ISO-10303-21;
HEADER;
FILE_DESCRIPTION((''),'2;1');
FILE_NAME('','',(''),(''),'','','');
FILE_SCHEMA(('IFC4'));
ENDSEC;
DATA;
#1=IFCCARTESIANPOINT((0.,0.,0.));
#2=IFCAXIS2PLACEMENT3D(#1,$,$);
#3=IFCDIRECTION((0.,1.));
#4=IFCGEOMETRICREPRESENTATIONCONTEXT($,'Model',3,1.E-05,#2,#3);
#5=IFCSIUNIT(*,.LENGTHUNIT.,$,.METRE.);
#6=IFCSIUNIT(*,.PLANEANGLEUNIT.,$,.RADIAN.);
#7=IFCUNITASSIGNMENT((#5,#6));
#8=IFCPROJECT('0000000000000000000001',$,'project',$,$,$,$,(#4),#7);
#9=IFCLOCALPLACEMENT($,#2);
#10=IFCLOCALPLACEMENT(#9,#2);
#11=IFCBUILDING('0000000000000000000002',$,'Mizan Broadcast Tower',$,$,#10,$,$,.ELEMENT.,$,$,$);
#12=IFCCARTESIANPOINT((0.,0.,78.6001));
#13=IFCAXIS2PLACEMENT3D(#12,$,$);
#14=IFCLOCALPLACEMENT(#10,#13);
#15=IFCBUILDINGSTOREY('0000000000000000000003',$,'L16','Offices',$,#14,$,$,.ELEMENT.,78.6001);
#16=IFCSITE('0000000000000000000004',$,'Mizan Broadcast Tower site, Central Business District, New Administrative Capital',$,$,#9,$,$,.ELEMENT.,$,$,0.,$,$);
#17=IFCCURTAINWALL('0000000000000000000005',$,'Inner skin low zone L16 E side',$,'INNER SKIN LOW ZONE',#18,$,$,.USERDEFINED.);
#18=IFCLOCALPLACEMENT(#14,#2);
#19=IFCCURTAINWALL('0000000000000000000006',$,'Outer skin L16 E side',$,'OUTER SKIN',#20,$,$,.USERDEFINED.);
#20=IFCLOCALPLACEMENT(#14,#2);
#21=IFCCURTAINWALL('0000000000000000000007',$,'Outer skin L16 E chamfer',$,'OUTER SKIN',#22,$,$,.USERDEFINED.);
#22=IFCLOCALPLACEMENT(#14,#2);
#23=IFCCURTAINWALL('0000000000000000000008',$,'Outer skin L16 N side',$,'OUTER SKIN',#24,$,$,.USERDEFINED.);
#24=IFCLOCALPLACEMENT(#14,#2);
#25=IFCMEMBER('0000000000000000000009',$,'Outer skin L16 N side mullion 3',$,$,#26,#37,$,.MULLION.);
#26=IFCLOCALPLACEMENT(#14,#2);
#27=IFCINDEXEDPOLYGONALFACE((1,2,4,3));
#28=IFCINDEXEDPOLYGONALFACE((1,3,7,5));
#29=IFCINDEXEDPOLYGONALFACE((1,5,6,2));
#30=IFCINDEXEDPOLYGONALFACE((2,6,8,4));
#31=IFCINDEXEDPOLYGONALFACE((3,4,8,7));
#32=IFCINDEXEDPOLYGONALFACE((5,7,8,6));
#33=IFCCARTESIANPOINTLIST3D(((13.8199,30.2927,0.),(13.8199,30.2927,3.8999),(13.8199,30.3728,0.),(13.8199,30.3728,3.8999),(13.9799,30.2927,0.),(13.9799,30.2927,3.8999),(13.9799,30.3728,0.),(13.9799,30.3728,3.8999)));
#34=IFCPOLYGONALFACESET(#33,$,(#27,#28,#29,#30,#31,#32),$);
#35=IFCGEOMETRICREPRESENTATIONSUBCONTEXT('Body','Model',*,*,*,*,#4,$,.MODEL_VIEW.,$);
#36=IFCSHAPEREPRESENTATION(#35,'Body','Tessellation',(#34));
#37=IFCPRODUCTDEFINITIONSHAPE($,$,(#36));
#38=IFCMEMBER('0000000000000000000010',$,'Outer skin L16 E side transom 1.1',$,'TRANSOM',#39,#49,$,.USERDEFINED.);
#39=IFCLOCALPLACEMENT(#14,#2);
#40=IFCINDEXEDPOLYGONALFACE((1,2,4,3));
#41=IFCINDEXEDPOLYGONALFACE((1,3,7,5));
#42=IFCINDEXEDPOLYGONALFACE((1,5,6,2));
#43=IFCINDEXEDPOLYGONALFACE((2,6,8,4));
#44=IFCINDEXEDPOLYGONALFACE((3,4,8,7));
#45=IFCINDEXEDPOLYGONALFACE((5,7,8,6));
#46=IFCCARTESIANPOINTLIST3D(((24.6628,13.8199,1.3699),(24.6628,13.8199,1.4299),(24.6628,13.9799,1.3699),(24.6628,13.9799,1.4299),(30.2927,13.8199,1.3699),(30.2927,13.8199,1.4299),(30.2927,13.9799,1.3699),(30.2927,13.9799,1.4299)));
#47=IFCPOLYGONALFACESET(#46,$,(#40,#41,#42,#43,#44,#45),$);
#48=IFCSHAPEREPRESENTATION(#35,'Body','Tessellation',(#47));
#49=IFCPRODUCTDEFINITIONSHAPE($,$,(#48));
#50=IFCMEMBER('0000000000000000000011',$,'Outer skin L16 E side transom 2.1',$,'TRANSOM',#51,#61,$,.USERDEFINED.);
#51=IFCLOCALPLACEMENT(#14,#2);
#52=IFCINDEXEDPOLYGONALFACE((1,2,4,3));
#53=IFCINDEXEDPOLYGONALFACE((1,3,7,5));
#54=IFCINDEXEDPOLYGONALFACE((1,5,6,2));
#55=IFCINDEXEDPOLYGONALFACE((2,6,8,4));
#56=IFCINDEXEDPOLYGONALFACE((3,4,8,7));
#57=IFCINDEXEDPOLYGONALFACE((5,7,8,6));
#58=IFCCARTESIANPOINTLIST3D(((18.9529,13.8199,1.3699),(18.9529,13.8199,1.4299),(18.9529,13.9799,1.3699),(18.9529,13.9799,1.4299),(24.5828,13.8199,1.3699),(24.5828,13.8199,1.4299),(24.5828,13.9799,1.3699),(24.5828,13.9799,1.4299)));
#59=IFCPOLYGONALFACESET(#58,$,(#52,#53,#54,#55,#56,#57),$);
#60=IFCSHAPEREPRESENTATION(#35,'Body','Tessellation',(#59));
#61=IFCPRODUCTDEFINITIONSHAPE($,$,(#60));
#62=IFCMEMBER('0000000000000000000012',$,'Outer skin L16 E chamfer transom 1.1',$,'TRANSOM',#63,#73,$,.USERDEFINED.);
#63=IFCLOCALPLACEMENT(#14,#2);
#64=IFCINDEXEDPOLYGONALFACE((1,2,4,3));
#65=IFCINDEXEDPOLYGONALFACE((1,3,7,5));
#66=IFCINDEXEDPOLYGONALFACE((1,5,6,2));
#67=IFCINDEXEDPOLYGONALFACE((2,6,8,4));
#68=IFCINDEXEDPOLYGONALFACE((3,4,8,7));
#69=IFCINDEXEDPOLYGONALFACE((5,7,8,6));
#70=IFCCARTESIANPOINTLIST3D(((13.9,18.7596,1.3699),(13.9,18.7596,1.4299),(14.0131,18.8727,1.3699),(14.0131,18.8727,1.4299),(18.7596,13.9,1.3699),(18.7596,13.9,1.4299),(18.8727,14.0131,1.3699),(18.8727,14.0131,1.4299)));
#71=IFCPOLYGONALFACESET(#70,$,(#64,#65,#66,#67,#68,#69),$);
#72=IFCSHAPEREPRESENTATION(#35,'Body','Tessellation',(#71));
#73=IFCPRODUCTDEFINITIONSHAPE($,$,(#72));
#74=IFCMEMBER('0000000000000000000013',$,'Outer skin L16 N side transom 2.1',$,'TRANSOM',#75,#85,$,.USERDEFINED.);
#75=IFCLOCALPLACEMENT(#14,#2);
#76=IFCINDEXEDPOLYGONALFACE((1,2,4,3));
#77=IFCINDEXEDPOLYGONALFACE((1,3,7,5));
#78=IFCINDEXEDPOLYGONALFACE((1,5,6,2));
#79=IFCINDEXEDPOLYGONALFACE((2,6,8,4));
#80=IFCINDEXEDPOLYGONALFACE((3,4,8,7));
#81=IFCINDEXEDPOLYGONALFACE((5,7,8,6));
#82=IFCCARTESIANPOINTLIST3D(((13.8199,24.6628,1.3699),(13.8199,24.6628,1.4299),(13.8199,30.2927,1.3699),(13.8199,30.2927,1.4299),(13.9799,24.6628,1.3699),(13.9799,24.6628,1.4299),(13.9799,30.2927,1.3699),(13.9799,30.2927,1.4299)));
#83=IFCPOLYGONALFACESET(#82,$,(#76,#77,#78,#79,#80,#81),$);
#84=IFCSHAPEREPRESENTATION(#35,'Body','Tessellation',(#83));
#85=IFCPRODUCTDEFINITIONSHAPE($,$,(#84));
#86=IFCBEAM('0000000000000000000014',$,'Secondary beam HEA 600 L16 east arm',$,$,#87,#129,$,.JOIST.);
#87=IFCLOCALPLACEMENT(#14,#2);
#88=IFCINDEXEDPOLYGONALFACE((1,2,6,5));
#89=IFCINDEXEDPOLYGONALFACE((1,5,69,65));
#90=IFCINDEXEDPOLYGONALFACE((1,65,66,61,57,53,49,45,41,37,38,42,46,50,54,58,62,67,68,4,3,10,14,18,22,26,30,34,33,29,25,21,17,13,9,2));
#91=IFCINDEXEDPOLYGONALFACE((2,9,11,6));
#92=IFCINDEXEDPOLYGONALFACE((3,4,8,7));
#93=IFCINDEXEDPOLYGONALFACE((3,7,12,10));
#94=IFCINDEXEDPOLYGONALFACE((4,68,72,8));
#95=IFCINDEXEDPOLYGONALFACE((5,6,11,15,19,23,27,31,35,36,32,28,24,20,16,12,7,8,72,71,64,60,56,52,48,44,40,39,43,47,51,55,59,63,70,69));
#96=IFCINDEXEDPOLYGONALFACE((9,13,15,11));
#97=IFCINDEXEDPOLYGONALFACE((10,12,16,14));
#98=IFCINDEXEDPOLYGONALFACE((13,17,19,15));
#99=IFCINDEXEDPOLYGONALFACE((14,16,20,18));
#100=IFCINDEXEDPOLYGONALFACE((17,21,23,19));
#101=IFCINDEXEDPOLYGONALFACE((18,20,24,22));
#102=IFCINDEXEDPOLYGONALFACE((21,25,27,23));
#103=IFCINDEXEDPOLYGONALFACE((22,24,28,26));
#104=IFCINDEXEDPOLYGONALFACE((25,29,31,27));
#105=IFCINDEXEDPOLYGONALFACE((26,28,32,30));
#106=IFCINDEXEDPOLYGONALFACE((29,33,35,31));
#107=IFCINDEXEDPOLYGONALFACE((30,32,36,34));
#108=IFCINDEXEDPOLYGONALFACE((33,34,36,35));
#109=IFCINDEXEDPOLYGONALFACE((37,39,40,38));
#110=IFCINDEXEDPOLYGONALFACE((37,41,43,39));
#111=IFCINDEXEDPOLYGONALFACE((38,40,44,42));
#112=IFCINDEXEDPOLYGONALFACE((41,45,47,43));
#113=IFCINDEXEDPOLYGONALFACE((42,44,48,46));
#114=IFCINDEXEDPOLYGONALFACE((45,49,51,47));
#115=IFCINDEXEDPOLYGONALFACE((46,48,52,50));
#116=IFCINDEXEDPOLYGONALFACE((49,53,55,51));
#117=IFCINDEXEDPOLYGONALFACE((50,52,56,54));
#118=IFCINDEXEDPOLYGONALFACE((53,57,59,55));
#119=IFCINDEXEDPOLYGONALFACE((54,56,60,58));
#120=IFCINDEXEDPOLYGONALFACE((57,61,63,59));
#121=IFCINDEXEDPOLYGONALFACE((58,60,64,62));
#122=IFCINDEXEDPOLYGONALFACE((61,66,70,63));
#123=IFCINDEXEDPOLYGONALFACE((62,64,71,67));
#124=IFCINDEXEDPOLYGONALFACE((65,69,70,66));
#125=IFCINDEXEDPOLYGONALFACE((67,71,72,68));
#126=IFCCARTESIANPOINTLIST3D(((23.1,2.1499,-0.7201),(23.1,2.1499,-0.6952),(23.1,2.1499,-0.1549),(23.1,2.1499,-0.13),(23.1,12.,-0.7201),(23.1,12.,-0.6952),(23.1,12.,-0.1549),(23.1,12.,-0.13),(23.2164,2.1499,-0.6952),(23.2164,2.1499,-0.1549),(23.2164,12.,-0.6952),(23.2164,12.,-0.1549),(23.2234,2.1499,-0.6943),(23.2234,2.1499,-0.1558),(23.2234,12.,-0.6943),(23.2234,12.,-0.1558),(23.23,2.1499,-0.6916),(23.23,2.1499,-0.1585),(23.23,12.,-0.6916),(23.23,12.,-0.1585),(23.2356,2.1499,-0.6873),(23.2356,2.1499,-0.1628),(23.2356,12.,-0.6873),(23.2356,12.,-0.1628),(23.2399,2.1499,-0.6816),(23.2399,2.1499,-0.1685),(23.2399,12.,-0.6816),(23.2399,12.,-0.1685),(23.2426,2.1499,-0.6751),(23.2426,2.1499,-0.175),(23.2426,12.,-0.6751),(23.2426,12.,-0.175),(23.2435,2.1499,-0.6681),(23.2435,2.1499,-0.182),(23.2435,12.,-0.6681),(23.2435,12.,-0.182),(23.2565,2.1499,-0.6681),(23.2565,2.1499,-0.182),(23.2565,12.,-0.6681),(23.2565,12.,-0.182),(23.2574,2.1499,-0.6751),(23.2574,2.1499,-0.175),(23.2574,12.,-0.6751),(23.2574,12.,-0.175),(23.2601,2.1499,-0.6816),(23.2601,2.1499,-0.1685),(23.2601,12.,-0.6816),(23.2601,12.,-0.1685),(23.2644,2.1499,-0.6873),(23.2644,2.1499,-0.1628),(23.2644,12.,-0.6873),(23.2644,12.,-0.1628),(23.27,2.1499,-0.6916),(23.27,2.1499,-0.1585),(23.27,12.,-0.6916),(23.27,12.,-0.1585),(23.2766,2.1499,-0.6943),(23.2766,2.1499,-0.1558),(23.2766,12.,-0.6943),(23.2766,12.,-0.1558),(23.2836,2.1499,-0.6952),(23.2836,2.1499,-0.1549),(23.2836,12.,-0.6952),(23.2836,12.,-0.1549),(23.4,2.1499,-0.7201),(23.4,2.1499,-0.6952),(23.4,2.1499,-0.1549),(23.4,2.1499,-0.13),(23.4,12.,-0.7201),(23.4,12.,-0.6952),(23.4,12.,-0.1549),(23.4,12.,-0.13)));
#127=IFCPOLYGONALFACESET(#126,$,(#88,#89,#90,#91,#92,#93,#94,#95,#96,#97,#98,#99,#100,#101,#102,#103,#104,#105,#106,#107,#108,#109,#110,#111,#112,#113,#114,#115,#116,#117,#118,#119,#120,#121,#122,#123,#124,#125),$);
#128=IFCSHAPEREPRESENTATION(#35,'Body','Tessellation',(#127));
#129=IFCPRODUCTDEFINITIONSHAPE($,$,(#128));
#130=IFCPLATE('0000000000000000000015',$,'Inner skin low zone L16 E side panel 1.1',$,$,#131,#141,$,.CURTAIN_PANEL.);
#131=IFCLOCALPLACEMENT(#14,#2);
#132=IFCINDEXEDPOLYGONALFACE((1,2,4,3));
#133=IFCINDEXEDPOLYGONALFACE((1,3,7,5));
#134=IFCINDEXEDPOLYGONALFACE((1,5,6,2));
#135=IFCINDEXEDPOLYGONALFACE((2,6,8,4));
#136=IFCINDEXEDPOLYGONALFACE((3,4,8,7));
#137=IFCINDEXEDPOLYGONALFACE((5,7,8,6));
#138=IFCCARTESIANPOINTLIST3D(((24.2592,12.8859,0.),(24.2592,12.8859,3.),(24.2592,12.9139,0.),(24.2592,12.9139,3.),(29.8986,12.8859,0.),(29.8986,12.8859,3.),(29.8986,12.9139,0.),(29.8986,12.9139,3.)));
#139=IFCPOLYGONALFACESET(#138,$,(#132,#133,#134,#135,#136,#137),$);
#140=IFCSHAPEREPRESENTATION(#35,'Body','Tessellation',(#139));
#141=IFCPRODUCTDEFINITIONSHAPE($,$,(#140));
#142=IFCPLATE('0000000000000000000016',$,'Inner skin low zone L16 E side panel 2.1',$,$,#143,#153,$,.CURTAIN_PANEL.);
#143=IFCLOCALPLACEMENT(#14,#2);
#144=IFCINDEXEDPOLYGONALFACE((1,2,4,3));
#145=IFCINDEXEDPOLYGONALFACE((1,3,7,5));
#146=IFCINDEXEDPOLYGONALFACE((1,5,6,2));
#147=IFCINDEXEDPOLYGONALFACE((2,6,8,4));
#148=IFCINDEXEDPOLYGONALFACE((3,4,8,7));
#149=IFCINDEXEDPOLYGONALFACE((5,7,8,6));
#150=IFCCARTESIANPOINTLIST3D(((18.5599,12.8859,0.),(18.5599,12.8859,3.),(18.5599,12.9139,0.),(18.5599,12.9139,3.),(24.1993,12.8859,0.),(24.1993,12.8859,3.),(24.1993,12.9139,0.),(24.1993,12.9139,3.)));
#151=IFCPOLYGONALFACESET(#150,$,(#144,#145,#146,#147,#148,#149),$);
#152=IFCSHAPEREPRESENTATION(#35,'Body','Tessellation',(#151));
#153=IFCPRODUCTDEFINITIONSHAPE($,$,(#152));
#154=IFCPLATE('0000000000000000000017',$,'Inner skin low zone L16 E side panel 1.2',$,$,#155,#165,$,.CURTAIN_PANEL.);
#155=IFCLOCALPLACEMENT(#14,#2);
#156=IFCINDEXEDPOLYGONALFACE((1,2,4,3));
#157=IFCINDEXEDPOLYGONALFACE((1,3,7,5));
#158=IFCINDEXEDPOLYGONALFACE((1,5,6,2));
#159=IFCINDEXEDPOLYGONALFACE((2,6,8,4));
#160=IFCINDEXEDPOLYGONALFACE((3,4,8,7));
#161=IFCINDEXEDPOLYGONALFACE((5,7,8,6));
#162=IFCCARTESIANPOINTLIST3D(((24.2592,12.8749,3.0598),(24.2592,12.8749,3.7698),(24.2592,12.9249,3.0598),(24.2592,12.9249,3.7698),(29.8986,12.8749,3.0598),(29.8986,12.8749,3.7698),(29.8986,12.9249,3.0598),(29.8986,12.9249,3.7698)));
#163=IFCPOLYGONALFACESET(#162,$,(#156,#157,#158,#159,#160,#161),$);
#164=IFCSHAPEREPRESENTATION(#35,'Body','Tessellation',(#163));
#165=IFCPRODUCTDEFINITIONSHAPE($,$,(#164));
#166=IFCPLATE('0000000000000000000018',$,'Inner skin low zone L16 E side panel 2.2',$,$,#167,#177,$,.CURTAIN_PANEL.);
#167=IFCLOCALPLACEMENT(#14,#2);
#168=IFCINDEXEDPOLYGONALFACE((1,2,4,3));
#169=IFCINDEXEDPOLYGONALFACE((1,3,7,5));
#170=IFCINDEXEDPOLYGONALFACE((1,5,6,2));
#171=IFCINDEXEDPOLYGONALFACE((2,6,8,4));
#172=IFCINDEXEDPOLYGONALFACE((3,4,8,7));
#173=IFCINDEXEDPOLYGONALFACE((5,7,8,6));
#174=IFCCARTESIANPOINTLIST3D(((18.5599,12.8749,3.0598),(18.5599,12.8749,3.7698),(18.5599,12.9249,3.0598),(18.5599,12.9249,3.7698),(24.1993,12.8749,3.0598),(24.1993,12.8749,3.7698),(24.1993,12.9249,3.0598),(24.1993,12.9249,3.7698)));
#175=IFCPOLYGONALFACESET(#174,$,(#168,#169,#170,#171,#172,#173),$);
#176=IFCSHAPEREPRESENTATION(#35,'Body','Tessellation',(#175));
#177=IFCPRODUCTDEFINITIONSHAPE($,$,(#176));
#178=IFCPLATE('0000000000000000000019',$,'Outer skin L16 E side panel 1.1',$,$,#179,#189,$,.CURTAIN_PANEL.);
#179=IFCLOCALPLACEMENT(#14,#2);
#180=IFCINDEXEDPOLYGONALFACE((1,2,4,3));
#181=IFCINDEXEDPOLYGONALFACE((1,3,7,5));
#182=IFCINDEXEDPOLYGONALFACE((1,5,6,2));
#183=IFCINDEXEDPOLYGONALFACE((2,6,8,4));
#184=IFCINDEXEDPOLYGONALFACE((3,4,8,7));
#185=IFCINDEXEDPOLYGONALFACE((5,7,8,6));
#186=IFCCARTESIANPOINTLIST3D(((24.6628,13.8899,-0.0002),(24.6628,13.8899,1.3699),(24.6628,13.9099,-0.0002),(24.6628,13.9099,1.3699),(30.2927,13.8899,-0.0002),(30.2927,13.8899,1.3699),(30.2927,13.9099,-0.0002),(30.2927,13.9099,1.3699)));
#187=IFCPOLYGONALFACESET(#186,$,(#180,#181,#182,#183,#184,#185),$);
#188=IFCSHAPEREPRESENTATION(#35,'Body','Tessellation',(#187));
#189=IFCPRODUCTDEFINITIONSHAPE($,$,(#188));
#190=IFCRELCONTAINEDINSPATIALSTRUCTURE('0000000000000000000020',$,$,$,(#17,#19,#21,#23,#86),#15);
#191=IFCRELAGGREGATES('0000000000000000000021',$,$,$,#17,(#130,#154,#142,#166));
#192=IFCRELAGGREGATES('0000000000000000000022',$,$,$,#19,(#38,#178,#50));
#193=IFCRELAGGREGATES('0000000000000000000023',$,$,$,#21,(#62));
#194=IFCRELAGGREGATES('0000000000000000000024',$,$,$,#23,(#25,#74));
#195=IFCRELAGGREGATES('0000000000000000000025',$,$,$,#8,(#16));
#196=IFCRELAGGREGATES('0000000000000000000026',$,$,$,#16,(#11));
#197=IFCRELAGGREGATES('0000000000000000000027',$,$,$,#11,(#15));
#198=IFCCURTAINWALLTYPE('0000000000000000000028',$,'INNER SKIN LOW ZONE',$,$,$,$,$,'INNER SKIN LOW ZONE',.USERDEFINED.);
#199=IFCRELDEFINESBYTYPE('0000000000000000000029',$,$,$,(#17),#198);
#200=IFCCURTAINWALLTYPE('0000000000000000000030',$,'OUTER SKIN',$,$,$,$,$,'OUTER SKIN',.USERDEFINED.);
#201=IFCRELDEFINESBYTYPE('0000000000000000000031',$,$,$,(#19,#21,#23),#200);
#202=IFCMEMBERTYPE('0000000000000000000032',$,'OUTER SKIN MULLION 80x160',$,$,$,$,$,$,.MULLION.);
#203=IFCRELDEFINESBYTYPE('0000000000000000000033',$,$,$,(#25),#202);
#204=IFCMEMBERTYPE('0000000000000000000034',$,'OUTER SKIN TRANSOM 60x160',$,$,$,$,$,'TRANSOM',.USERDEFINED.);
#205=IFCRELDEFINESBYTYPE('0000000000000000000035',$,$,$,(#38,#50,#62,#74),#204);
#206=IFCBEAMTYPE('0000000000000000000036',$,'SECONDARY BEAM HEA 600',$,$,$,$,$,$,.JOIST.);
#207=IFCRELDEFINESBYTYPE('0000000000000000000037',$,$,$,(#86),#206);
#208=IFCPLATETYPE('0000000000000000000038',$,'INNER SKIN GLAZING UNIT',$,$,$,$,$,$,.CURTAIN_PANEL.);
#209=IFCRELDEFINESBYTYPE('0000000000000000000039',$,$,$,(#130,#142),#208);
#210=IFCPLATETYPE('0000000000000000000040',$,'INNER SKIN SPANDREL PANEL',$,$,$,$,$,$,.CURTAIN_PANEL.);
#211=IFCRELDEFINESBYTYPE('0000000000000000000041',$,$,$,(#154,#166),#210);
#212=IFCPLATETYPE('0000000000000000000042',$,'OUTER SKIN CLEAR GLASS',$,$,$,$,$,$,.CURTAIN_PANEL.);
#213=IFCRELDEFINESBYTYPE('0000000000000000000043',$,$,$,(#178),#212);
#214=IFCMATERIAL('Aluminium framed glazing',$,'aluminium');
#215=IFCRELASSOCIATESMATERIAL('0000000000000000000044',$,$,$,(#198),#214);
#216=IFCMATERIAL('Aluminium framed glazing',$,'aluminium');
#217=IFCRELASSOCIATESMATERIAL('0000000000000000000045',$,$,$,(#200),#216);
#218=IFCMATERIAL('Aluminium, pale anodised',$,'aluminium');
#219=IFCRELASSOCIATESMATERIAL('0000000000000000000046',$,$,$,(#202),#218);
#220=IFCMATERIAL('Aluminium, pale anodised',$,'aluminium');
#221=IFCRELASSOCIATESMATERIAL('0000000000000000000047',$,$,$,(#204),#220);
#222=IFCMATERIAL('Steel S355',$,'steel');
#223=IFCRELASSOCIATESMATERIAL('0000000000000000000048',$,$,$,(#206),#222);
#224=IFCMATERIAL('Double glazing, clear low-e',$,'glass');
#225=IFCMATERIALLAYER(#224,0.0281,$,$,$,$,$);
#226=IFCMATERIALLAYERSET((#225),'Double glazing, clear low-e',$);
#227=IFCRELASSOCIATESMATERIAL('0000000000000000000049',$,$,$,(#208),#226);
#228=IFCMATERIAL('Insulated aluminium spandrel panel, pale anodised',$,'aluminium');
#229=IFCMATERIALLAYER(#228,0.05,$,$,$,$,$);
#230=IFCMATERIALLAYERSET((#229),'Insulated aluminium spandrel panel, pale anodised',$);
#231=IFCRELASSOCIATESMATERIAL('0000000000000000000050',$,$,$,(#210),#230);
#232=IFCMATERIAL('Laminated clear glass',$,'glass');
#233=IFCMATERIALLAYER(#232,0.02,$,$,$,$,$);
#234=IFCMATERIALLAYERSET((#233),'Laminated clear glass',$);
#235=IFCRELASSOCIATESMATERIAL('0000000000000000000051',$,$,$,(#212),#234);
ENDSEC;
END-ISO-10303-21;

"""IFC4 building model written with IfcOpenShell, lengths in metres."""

from ifc_helpers import new_model, si_unit, direction, frame, origin, origin_2d, place, context, subcontext, project, spatial, rectangle, i_section, extrude, material, layer, layer_set, material_profile, profile_set, type_object, element, aggregate, save


model = new_model("IFC4")

# Units and contexts
model_context = context("Model", 3, precision=1e-05, world=origin(), true_north=direction((0.0, 1.0)))
body_context = subcontext(model_context, "Body", "Model", "MODEL_VIEW")
ifc_project = project(units=[si_unit("LENGTHUNIT", "METRE"), si_unit("PLANEANGLEUNIT", "RADIAN")], contexts=[model_context])

# Site, building, storey
site_placement = place(None, origin())
site = spatial("IfcSite", under=ifc_project, at=site_placement, Name="Mizan Broadcast Tower site, Central Business District, New Administrative Capital", CompositionType="ELEMENT", RefElevation=0.0)
building_placement = place(site_placement, origin())
building = spatial("IfcBuilding", under=site, at=building_placement, Name="Mizan Broadcast Tower", CompositionType="ELEMENT")
storey_placement = place(building_placement, frame((0.0, 0.0, 78.6001)))
storey = spatial("IfcBuildingStorey", under=building, at=storey_placement, Name="L16", Description="Offices", CompositionType="ELEMENT", Elevation=78.6001)

# Shared definitions
ifc_material_1 = material(Name="Aluminium framed glazing", Category="aluminium")
curtain_wall_type_1 = type_object("IfcCurtainWallType", Name="INNER SKIN LOW ZONE", ElementType="INNER SKIN LOW ZONE", PredefinedType="USERDEFINED", material=ifc_material_1)

# Curtain wall
curtain_wall_1_placement = place(storey_placement, origin())
curtain_wall_1 = element("IfcCurtainWall", 1, at=curtain_wall_1_placement, inside=storey, type_object=curtain_wall_type_1, Name="Inner skin low zone L16 E side", ObjectType="INNER SKIN LOW ZONE", PredefinedType="USERDEFINED")

# Shared definitions
ifc_material_2 = material(Name="Aluminium framed glazing", Category="aluminium")
curtain_wall_type_2 = type_object("IfcCurtainWallType", Name="OUTER SKIN", ElementType="OUTER SKIN", PredefinedType="USERDEFINED", material=ifc_material_2)
ifc_material_3 = material(Name="Aluminium, pale anodised", Category="aluminium")
ifc_material_profile_1 = material_profile(ifc_material_3, rectangle(XDim=0.1599, YDim=0.0801, at=origin_2d()), Name="MULLION 160x80")
ifc_profile_set_1 = profile_set([ifc_material_profile_1], Name="Aluminium, pale anodised")
member_type_1 = type_object("IfcMemberType", Name="OUTER SKIN MULLION 80x160", PredefinedType="MULLION", material=ifc_profile_set_1)

# Curtain wall
curtain_wall_2_placement = place(storey_placement, origin())
curtain_wall_2 = element("IfcCurtainWall", 2, at=curtain_wall_2_placement, inside=storey, type_object=curtain_wall_type_2, Name="Outer skin L16 E side", ObjectType="OUTER SKIN", PredefinedType="USERDEFINED")

# Curtain wall
curtain_wall_3_placement = place(storey_placement, origin())
curtain_wall_3 = element("IfcCurtainWall", 3, at=curtain_wall_3_placement, inside=storey, type_object=curtain_wall_type_2, Name="Outer skin L16 E chamfer", ObjectType="OUTER SKIN", PredefinedType="USERDEFINED")

# Curtain wall, member
curtain_wall_4_placement = place(storey_placement, origin())
curtain_wall_4 = element("IfcCurtainWall", 4, at=curtain_wall_4_placement, inside=storey, type_object=curtain_wall_type_2, Name="Outer skin L16 N side", ObjectType="OUTER SKIN", PredefinedType="USERDEFINED")
member_1_placement = place(storey_placement, frame((13.8999, 30.3328, 0.0), z_axis=(0.0, 0.0, 1.0), x_axis=(-1.0, 0.0, 0.0)))
member_1 = element("IfcMember", 5, at=member_1_placement, type_object=member_type_1, Name="Outer skin L16 N side mullion 3", PredefinedType="MULLION", context=body_context, shape_type="SweptSolid", body=[
    extrude(rectangle(XDim=0.1599, YDim=0.0801, at=origin_2d()), origin(), (0.0, 0.0, 1.0), 3.8999),
])

# Members
ifc_material_4 = material(Name="Aluminium, pale anodised", Category="aluminium")
ifc_material_profile_2 = material_profile(ifc_material_4, rectangle(XDim=0.1599, YDim=0.0601, at=origin_2d()), Name="TRANSOM 160x60")
ifc_profile_set_2 = profile_set([ifc_material_profile_2], Name="Aluminium, pale anodised")
member_type_2 = type_object("IfcMemberType", Name="OUTER SKIN TRANSOM 60x160", ElementType="TRANSOM", PredefinedType="USERDEFINED", material=ifc_profile_set_2)
member_2_placement = place(storey_placement, frame((30.2927, 13.8999, 1.3999), z_axis=(-1.0, 0.0, 0.0), x_axis=(0.0, -1.0, 0.0)))
member_2 = element("IfcMember", 6, at=member_2_placement, type_object=member_type_2, Name="Outer skin L16 E side transom 1.1", ObjectType="TRANSOM", PredefinedType="USERDEFINED", context=body_context, shape_type="SweptSolid", body=[
    extrude(rectangle(XDim=0.1599, YDim=0.0601, at=origin_2d()), origin(), (0.0, 0.0, 1.0), 5.6299),
])
member_3_placement = place(storey_placement, frame((24.5828, 13.8999, 1.3999), z_axis=(-1.0, 0.0, 0.0), x_axis=(0.0, -1.0, 0.0)))
member_3 = element("IfcMember", 7, at=member_3_placement, type_object=member_type_2, Name="Outer skin L16 E side transom 2.1", ObjectType="TRANSOM", PredefinedType="USERDEFINED", context=body_context, shape_type="SweptSolid", body=[
    extrude(rectangle(XDim=0.1599, YDim=0.0601, at=origin_2d()), origin(), (0.0, 0.0, 1.0), 5.6299),
])
member_4_placement = place(storey_placement, frame((18.8162, 13.9565, 1.3999), z_axis=(-0.707107, 0.707107, 0.0), x_axis=(-0.707107, -0.707107, 0.0)))
member_4 = element("IfcMember", 8, at=member_4_placement, type_object=member_type_2, Name="Outer skin L16 E chamfer transom 1.1", ObjectType="TRANSOM", PredefinedType="USERDEFINED", context=body_context, shape_type="SweptSolid", body=[
    extrude(rectangle(XDim=0.1599, YDim=0.0601, at=origin_2d()), origin(), (0.0, 0.0, 1.0), 6.8726),
])
member_5_placement = place(storey_placement, frame((13.8999, 24.6628, 1.3999), z_axis=(0.0, 1.0, 0.0), x_axis=(-1.0, 0.0, 0.0)))
member_5 = element("IfcMember", 9, at=member_5_placement, type_object=member_type_2, Name="Outer skin L16 N side transom 2.1", ObjectType="TRANSOM", PredefinedType="USERDEFINED", context=body_context, shape_type="SweptSolid", body=[
    extrude(rectangle(XDim=0.1599, YDim=0.0601, at=origin_2d()), origin(), (0.0, 0.0, 1.0), 5.6299),
])

# Beam
ifc_material_5 = material(Name="Steel S355", Category="steel")
ifc_material_profile_3 = material_profile(ifc_material_5, i_section(OverallWidth=0.3, OverallDepth=0.5901, WebThickness=0.0129, FlangeThickness=0.0249, FilletRadius=0.0271, at=origin_2d()), Name="HEA 600")
ifc_profile_set_3 = profile_set([ifc_material_profile_3], Name="Steel S355")
beam_type_1 = type_object("IfcBeamType", Name="SECONDARY BEAM HEA 600", PredefinedType="JOIST", material=ifc_profile_set_3)
beam_1_placement = place(storey_placement, frame((23.25, 12.0, -0.425), z_axis=(0.0, -1.0, 0.0), x_axis=(1.0, 0.0, 0.0)))
element("IfcBeam", 10, at=beam_1_placement, inside=storey, type_object=beam_type_1, Name="Secondary beam HEA 600 L16 east arm", PredefinedType="JOIST", context=body_context, shape_type="SweptSolid", body=[
    extrude(i_section(OverallWidth=0.3, OverallDepth=0.5901, WebThickness=0.0129, FlangeThickness=0.0249, FilletRadius=0.0271, at=origin_2d()), origin(), (0.0, 0.0, 1.0), 9.8501),
])

# Plates
ifc_material_6 = material(Name="Double glazing, clear low-e", Category="glass")
ifc_layer_1 = layer(ifc_material_6, 0.0281)
ifc_layer_set_1 = layer_set([ifc_layer_1], Name="Double glazing, clear low-e")
plate_type_1 = type_object("IfcPlateType", Name="INNER SKIN GLAZING UNIT", PredefinedType="CURTAIN_PANEL", material=ifc_layer_set_1)
plate_1_placement = place(storey_placement, frame((27.0789, 12.8999, 0.0), z_axis=(0.0, 0.0, 1.0), x_axis=(-1.0, 0.0, 0.0)))
plate_1 = element("IfcPlate", 11, at=plate_1_placement, type_object=plate_type_1, Name="Inner skin low zone L16 E side panel 1.1", PredefinedType="CURTAIN_PANEL", context=body_context, shape_type="SweptSolid", body=[
    extrude(rectangle(XDim=5.6394, YDim=0.0281, at=origin_2d()), origin(), (0.0, 0.0, 1.0), 3.0),
])
plate_2_placement = place(storey_placement, frame((21.3796, 12.8999, 0.0), z_axis=(0.0, 0.0, 1.0), x_axis=(-1.0, 0.0, 0.0)))
plate_2 = element("IfcPlate", 12, at=plate_2_placement, type_object=plate_type_1, Name="Inner skin low zone L16 E side panel 2.1", PredefinedType="CURTAIN_PANEL", context=body_context, shape_type="SweptSolid", body=[
    extrude(rectangle(XDim=5.6394, YDim=0.0281, at=origin_2d()), origin(), (0.0, 0.0, 1.0), 3.0),
])
ifc_material_7 = material(Name="Insulated aluminium spandrel panel, pale anodised", Category="aluminium")
ifc_layer_2 = layer(ifc_material_7, 0.05)
ifc_layer_set_2 = layer_set([ifc_layer_2], Name="Insulated aluminium spandrel panel, pale anodised")
plate_type_2 = type_object("IfcPlateType", Name="INNER SKIN SPANDREL PANEL", PredefinedType="CURTAIN_PANEL", material=ifc_layer_set_2)
plate_3_placement = place(storey_placement, frame((27.0789, 12.8999, 3.0598), z_axis=(0.0, 0.0, 1.0), x_axis=(-1.0, 0.0, 0.0)))
plate_3 = element("IfcPlate", 13, at=plate_3_placement, type_object=plate_type_2, Name="Inner skin low zone L16 E side panel 1.2", PredefinedType="CURTAIN_PANEL", context=body_context, shape_type="SweptSolid", body=[
    extrude(rectangle(XDim=5.6394, YDim=0.05, at=origin_2d()), origin(), (0.0, 0.0, 1.0), 0.71),
])
plate_4_placement = place(storey_placement, frame((21.3796, 12.8999, 3.0598), z_axis=(0.0, 0.0, 1.0), x_axis=(-1.0, 0.0, 0.0)))
plate_4 = element("IfcPlate", 14, at=plate_4_placement, type_object=plate_type_2, Name="Inner skin low zone L16 E side panel 2.2", PredefinedType="CURTAIN_PANEL", context=body_context, shape_type="SweptSolid", body=[
    extrude(rectangle(XDim=5.6394, YDim=0.05, at=origin_2d()), origin(), (0.0, 0.0, 1.0), 0.71),
])
aggregate(curtain_wall_1, [plate_1, plate_3, plate_2, plate_4])
ifc_material_8 = material(Name="Laminated clear glass", Category="glass")
ifc_layer_3 = layer(ifc_material_8, 0.02)
ifc_layer_set_3 = layer_set([ifc_layer_3], Name="Laminated clear glass")
plate_type_3 = type_object("IfcPlateType", Name="OUTER SKIN CLEAR GLASS", PredefinedType="CURTAIN_PANEL", material=ifc_layer_set_3)
plate_5_placement = place(storey_placement, frame((27.4778, 13.8999, -0.0002), z_axis=(0.0, 0.0, 1.0), x_axis=(-1.0, 0.0, 0.0)))
plate_5 = element("IfcPlate", 15, at=plate_5_placement, type_object=plate_type_3, Name="Outer skin L16 E side panel 1.1", PredefinedType="CURTAIN_PANEL", context=body_context, shape_type="SweptSolid", body=[
    extrude(rectangle(XDim=5.6299, YDim=0.02, at=origin_2d()), origin(), (0.0, 0.0, 1.0), 1.3701),
])
aggregate(curtain_wall_2, [member_2, plate_5, member_3])
aggregate(curtain_wall_3, [member_4])
aggregate(curtain_wall_4, [member_1, member_5])

save(model, "model.ifc")
